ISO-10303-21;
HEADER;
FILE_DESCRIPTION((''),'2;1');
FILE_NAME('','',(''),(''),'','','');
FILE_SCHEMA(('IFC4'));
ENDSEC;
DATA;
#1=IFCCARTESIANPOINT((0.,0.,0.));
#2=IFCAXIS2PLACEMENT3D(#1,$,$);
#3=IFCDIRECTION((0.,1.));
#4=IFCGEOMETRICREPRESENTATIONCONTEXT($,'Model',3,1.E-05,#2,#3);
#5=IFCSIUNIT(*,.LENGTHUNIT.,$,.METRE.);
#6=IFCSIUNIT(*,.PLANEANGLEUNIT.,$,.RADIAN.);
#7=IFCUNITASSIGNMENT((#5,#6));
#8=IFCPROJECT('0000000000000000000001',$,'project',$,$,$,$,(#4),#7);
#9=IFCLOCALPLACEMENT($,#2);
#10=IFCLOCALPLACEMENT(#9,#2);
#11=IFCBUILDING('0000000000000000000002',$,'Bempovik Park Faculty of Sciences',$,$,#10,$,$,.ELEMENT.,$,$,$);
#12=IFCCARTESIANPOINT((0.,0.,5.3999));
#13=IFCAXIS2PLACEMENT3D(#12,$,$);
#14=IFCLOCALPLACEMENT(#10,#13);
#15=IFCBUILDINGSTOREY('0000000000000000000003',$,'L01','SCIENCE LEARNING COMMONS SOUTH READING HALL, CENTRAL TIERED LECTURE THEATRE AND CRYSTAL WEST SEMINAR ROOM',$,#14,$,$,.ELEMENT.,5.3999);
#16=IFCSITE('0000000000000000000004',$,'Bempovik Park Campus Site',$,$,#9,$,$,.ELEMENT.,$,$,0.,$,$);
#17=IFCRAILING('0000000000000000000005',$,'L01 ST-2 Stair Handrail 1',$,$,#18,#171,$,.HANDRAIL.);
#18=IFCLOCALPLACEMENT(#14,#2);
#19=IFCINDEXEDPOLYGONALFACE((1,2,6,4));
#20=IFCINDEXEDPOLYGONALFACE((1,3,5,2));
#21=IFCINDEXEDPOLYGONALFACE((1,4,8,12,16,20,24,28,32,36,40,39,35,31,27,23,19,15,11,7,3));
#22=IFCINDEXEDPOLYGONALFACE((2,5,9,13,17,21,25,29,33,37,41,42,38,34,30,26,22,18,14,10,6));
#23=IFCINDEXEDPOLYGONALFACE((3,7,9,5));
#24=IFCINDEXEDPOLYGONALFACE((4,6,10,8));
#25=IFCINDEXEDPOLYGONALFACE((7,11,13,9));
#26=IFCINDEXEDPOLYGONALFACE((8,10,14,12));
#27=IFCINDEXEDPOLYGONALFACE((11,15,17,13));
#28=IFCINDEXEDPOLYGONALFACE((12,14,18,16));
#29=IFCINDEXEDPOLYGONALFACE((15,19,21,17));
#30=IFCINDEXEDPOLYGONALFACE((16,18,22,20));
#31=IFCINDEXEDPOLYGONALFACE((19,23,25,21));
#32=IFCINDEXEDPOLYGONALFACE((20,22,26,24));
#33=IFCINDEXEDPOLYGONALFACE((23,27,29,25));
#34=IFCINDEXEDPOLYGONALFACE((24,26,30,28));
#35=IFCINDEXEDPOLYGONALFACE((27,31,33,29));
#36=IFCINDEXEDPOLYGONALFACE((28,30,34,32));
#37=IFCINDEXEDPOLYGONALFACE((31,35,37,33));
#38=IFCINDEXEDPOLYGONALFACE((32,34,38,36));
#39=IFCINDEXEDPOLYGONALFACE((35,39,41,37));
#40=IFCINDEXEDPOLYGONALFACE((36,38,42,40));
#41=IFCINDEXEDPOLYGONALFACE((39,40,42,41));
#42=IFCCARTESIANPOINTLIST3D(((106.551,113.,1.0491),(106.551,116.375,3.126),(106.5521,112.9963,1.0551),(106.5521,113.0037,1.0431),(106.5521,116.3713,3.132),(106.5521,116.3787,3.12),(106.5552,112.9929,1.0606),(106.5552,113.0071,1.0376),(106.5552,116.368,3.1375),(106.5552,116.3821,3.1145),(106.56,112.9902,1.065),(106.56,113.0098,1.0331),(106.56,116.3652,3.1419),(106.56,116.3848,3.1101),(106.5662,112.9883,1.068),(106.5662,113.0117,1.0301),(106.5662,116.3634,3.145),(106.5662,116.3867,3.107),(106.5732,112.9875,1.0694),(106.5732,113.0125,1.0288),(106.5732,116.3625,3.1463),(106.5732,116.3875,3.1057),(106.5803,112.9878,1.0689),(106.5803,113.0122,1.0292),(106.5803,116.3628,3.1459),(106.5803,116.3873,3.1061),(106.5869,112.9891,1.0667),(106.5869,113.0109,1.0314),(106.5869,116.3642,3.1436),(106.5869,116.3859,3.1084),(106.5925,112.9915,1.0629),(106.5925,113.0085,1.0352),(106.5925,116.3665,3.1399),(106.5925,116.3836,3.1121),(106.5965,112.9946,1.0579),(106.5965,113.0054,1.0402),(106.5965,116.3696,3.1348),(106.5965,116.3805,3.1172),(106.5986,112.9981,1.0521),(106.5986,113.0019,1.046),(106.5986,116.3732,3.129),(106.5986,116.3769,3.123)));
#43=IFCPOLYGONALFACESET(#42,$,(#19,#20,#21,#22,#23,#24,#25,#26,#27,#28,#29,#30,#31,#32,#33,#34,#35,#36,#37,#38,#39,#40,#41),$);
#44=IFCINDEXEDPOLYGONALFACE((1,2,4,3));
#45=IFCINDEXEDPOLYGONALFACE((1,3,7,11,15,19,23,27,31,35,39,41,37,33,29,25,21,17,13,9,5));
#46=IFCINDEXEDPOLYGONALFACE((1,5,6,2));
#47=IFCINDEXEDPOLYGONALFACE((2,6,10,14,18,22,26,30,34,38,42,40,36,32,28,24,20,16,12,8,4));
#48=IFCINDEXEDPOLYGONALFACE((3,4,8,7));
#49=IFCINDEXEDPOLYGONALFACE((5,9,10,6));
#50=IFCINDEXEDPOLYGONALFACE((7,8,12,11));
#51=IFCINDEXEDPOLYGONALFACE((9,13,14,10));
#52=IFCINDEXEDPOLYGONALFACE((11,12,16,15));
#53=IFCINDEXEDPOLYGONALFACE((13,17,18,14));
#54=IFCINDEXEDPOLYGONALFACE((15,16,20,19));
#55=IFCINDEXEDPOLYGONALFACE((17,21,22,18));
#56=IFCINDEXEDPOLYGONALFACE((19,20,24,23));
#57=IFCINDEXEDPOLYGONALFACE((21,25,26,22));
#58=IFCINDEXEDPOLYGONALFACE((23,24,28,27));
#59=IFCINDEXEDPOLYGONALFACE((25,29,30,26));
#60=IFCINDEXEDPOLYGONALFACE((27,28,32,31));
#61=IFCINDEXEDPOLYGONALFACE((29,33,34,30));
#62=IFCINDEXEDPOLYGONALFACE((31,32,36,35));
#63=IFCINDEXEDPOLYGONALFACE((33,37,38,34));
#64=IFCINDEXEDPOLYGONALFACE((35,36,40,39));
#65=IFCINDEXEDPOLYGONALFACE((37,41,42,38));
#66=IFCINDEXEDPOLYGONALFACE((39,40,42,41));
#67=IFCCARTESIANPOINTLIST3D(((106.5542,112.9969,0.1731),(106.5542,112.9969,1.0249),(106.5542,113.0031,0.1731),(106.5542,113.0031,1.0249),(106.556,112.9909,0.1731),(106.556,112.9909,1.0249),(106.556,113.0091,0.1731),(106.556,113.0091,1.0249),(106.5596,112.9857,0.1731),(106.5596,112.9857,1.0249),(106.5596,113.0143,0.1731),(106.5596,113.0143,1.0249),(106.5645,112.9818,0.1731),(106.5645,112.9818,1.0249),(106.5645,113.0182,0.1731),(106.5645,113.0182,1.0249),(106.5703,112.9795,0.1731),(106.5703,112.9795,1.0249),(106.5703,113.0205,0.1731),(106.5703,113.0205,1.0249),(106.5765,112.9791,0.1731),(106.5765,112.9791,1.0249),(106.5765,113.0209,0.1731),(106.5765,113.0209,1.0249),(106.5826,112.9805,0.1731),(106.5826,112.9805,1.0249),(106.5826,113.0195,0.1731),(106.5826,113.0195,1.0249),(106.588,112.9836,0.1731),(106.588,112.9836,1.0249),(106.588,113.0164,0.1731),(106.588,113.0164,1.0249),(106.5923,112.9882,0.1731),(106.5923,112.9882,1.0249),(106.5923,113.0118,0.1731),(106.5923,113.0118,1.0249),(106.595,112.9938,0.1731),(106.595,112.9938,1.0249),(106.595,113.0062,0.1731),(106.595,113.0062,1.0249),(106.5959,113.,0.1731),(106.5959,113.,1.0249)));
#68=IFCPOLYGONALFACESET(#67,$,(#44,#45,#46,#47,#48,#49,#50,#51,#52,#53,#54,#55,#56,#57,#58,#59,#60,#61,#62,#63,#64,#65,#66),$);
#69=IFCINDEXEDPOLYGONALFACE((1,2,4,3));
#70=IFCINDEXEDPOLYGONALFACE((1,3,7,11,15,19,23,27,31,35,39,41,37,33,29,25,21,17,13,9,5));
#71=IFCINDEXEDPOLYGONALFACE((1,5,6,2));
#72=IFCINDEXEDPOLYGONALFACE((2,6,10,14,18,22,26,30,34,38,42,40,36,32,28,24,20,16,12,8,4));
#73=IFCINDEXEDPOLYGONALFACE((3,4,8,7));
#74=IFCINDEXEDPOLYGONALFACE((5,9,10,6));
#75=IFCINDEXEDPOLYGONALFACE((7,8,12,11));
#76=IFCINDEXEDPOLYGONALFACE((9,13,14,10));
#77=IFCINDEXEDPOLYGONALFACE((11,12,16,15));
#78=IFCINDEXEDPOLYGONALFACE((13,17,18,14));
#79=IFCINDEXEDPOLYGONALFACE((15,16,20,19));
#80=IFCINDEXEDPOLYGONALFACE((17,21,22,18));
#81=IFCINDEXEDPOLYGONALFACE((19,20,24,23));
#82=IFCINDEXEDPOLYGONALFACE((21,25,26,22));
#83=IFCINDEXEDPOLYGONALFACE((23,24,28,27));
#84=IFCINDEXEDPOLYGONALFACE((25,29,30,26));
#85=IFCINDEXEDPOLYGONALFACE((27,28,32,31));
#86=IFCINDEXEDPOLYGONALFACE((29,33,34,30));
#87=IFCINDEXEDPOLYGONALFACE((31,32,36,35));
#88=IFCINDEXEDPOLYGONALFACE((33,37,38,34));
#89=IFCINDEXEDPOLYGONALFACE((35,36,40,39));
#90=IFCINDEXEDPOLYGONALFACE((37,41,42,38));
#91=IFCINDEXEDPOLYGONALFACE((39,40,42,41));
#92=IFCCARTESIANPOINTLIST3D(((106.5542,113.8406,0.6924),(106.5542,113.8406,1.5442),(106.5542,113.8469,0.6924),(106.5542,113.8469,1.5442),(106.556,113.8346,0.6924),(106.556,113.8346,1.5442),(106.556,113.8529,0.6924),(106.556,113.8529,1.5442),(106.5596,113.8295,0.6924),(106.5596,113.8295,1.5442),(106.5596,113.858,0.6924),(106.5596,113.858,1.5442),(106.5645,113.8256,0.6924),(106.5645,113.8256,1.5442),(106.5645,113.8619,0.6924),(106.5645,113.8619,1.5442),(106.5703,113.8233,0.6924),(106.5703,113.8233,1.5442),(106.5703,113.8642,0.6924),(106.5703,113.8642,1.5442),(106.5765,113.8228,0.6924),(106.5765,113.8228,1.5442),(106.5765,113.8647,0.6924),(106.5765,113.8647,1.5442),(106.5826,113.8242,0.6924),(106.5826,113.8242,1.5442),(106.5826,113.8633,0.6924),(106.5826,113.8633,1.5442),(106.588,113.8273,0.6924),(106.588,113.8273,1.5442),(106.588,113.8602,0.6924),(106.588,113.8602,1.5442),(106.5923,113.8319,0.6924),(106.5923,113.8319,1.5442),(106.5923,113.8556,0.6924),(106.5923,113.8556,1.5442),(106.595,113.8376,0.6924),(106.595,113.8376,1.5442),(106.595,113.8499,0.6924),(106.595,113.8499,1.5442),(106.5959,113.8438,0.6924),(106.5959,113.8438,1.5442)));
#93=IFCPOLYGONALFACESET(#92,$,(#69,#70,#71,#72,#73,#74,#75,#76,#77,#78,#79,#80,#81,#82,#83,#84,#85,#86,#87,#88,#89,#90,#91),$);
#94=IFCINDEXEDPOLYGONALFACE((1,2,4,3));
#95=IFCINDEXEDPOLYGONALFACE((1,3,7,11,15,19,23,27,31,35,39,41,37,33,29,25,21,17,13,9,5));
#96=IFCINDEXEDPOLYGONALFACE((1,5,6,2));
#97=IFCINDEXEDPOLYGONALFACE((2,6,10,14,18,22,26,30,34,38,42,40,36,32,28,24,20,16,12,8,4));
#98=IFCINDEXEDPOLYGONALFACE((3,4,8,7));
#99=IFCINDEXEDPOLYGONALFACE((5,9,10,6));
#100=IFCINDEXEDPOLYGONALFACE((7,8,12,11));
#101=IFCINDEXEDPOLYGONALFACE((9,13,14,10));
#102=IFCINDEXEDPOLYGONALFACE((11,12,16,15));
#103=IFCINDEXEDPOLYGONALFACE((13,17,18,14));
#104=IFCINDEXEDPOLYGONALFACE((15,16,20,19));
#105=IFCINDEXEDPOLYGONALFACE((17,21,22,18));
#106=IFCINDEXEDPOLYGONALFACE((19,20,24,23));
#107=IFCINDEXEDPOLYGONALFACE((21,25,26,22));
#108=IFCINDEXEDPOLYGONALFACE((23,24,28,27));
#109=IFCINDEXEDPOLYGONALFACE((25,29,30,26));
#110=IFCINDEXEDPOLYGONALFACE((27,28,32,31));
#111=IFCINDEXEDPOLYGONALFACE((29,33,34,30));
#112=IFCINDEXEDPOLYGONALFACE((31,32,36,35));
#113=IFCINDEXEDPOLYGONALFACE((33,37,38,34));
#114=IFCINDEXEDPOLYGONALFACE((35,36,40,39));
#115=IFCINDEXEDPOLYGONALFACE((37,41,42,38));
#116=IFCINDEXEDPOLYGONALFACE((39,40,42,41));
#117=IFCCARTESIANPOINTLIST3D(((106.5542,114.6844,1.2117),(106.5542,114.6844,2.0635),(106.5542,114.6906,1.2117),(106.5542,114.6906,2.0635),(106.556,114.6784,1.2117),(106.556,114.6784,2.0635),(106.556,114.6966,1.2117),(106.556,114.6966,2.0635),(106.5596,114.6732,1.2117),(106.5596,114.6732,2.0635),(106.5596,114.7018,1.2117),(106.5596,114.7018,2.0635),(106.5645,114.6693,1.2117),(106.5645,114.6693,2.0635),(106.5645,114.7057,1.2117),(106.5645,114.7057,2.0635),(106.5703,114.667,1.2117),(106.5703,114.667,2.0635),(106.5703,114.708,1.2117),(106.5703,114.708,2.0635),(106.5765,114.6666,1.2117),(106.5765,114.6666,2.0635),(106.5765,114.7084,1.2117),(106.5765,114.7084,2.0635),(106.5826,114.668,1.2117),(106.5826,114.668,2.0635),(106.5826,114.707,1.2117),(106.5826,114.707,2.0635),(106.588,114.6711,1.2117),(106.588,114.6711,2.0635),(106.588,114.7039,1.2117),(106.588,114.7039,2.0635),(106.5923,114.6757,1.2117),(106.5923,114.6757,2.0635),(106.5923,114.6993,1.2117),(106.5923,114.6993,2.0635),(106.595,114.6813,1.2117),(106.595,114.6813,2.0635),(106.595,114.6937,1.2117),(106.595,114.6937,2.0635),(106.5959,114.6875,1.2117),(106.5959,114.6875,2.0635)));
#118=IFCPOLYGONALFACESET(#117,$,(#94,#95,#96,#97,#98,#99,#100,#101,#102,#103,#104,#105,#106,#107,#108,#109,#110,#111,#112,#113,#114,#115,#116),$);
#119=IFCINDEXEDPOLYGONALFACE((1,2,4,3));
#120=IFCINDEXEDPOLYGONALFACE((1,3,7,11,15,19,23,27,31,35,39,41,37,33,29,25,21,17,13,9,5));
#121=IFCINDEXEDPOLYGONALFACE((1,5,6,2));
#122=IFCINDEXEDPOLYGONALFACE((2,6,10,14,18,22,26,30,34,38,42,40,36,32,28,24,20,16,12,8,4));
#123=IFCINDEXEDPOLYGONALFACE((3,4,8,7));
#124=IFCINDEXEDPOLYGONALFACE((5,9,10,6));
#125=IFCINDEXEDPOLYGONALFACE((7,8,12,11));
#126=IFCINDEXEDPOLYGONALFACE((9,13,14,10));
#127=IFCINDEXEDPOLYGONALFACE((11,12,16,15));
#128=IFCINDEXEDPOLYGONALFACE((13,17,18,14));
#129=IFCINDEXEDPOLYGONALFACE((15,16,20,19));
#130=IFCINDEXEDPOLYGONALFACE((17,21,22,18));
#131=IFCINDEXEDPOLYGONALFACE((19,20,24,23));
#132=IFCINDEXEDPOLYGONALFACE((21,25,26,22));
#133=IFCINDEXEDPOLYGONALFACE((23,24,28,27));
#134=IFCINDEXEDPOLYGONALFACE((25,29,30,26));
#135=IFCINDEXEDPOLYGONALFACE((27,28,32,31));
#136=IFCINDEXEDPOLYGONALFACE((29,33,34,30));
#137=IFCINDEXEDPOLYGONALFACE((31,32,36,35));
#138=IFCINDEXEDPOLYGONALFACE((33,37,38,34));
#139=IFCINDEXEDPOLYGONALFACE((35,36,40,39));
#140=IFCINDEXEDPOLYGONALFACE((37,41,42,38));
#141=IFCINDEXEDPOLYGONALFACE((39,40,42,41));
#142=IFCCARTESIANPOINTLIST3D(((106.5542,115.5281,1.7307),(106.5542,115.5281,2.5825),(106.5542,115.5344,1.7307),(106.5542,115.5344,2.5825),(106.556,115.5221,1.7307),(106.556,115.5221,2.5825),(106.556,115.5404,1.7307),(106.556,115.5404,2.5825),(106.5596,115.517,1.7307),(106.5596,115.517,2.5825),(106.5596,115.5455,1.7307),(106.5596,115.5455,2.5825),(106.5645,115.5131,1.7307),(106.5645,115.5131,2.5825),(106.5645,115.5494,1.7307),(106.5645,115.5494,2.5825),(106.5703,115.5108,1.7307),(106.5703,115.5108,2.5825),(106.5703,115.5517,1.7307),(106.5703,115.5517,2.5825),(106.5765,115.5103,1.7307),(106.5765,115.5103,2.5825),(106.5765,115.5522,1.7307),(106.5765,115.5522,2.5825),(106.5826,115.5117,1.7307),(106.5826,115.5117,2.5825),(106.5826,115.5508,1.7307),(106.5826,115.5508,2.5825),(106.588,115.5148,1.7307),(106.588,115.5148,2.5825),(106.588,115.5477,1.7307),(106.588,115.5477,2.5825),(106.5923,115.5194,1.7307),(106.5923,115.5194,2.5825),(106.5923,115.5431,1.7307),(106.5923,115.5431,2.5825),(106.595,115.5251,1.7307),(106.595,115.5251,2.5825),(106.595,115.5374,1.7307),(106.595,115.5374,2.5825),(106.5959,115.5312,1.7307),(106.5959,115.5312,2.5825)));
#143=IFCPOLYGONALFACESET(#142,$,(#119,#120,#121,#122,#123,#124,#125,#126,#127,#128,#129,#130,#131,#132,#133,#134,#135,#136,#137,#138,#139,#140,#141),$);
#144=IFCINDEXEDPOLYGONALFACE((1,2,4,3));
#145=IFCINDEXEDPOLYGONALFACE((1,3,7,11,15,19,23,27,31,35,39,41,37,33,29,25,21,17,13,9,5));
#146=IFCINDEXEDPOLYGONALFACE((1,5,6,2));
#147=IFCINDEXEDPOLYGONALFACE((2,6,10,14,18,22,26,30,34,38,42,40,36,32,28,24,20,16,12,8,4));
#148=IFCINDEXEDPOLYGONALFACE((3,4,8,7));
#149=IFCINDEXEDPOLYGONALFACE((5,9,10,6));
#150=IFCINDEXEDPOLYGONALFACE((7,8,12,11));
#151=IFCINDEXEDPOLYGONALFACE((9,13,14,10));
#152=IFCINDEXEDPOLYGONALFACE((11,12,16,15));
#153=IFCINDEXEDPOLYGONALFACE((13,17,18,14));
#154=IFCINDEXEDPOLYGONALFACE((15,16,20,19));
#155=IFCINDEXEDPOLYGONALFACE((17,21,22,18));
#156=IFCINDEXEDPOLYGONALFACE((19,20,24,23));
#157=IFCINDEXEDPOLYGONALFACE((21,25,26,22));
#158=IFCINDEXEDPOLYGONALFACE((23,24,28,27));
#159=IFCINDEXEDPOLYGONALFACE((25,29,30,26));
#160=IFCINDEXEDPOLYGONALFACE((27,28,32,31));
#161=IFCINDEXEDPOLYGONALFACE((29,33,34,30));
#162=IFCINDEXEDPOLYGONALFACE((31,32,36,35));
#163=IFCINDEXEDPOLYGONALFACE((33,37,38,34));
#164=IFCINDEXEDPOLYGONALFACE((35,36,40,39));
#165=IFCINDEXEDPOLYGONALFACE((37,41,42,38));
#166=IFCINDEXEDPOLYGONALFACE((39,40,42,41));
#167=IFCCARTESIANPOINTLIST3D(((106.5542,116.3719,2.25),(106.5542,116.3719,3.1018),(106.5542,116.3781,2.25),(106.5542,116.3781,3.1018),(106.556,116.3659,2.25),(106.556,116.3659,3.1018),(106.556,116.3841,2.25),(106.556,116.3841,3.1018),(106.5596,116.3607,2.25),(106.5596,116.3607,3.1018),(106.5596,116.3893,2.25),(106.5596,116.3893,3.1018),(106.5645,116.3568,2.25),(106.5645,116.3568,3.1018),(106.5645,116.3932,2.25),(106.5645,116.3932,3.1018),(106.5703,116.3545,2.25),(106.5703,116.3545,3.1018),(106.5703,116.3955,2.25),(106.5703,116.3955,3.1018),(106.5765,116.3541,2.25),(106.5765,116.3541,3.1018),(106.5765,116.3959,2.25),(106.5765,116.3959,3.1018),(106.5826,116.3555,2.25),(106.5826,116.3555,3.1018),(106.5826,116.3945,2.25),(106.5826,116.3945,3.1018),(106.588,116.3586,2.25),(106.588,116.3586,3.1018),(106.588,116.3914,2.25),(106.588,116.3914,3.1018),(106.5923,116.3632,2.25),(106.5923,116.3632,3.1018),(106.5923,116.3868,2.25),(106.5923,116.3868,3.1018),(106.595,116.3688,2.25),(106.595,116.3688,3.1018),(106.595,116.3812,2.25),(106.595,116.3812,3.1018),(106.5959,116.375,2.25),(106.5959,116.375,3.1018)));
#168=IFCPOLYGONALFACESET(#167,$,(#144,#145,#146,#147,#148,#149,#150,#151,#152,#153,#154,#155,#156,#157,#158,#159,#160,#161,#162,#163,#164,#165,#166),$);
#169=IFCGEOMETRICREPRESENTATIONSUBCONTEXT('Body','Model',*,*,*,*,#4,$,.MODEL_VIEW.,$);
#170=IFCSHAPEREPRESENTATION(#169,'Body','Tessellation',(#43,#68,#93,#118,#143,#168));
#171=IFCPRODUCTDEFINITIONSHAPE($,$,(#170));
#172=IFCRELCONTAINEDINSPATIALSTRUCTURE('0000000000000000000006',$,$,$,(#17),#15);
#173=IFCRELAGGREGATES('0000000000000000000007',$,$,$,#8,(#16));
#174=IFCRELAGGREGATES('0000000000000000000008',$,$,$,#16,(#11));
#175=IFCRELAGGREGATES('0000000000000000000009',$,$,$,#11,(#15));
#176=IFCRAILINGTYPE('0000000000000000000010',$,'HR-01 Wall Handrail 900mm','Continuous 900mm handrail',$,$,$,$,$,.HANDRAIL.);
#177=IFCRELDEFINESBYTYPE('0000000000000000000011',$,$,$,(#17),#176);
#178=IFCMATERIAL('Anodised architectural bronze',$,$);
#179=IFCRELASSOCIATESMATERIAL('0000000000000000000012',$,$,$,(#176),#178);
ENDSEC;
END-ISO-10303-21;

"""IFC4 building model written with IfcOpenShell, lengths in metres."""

from ifc_helpers import new_model, si_unit, direction, frame, origin, origin_2d, place, context, subcontext, project, spatial, circle, extrude, material, type_object, element, save


model = new_model("IFC4")

# Units and contexts
model_context = context("Model", 3, precision=1e-05, world=origin(), true_north=direction((0.0, 1.0)))
body_context = subcontext(model_context, "Body", "Model", "MODEL_VIEW")
ifc_project = project(units=[si_unit("LENGTHUNIT", "METRE"), si_unit("PLANEANGLEUNIT", "RADIAN")], contexts=[model_context])

# Site, building, storey
site_placement = place(None, origin())
site = spatial("IfcSite", under=ifc_project, at=site_placement, Name="Bempovik Park Campus Site", CompositionType="ELEMENT", RefElevation=0.0)
building_placement = place(site_placement, origin())
building = spatial("IfcBuilding", under=site, at=building_placement, Name="Bempovik Park Faculty of Sciences", CompositionType="ELEMENT")
storey_placement = place(building_placement, frame((0.0, 0.0, 5.3999)))
storey = spatial("IfcBuildingStorey", under=building, at=storey_placement, Name="L01", Description="SCIENCE LEARNING COMMONS SOUTH READING HALL, CENTRAL TIERED LECTURE THEATRE AND CRYSTAL WEST SEMINAR ROOM", CompositionType="ELEMENT", Elevation=5.3999)

# Railing
ifc_material_1 = material(Name="Anodised architectural bronze")
railing_type_1 = type_object("IfcRailingType", Name="HR-01 Wall Handrail 900mm", Description="Continuous 900mm handrail", PredefinedType="HANDRAIL", material=ifc_material_1)
railing_1_placement = place(storey_placement, frame((106.575, 113.0, 0.1731)))
element("IfcRailing", 1, at=railing_1_placement, inside=storey, type_object=railing_type_1, Name="L01 ST-2 Stair Handrail 1", PredefinedType="HANDRAIL", context=body_context, shape_type="SweptSolid", body=[
    extrude(circle(Radius=0.0239, at=origin_2d()), frame((0.0, 0.0, 0.876), z_axis=(0.0, 0.85166, 0.524094), x_axis=(-1.0, 0.0, 0.0)), (0.0, 0.0, 1.0), 3.9629),
    extrude(circle(Radius=0.021, at=origin_2d()), origin(), (0.0, 0.0, 1.0), 0.8518),
    extrude(circle(Radius=0.021, at=origin_2d()), frame((0.0, 0.8438, 0.5193)), (0.0, 0.0, 1.0), 0.8518),
    extrude(circle(Radius=0.021, at=origin_2d()), frame((0.0, 1.6875, 1.0386)), (0.0, 0.0, 1.0), 0.8518),
    extrude(circle(Radius=0.021, at=origin_2d()), frame((0.0, 2.5312, 1.5576)), (0.0, 0.0, 1.0), 0.8518),
    extrude(circle(Radius=0.021, at=origin_2d()), frame((0.0, 3.375, 2.0769)), (0.0, 0.0, 1.0), 0.8518),
])

save(model, "model.ifc")
